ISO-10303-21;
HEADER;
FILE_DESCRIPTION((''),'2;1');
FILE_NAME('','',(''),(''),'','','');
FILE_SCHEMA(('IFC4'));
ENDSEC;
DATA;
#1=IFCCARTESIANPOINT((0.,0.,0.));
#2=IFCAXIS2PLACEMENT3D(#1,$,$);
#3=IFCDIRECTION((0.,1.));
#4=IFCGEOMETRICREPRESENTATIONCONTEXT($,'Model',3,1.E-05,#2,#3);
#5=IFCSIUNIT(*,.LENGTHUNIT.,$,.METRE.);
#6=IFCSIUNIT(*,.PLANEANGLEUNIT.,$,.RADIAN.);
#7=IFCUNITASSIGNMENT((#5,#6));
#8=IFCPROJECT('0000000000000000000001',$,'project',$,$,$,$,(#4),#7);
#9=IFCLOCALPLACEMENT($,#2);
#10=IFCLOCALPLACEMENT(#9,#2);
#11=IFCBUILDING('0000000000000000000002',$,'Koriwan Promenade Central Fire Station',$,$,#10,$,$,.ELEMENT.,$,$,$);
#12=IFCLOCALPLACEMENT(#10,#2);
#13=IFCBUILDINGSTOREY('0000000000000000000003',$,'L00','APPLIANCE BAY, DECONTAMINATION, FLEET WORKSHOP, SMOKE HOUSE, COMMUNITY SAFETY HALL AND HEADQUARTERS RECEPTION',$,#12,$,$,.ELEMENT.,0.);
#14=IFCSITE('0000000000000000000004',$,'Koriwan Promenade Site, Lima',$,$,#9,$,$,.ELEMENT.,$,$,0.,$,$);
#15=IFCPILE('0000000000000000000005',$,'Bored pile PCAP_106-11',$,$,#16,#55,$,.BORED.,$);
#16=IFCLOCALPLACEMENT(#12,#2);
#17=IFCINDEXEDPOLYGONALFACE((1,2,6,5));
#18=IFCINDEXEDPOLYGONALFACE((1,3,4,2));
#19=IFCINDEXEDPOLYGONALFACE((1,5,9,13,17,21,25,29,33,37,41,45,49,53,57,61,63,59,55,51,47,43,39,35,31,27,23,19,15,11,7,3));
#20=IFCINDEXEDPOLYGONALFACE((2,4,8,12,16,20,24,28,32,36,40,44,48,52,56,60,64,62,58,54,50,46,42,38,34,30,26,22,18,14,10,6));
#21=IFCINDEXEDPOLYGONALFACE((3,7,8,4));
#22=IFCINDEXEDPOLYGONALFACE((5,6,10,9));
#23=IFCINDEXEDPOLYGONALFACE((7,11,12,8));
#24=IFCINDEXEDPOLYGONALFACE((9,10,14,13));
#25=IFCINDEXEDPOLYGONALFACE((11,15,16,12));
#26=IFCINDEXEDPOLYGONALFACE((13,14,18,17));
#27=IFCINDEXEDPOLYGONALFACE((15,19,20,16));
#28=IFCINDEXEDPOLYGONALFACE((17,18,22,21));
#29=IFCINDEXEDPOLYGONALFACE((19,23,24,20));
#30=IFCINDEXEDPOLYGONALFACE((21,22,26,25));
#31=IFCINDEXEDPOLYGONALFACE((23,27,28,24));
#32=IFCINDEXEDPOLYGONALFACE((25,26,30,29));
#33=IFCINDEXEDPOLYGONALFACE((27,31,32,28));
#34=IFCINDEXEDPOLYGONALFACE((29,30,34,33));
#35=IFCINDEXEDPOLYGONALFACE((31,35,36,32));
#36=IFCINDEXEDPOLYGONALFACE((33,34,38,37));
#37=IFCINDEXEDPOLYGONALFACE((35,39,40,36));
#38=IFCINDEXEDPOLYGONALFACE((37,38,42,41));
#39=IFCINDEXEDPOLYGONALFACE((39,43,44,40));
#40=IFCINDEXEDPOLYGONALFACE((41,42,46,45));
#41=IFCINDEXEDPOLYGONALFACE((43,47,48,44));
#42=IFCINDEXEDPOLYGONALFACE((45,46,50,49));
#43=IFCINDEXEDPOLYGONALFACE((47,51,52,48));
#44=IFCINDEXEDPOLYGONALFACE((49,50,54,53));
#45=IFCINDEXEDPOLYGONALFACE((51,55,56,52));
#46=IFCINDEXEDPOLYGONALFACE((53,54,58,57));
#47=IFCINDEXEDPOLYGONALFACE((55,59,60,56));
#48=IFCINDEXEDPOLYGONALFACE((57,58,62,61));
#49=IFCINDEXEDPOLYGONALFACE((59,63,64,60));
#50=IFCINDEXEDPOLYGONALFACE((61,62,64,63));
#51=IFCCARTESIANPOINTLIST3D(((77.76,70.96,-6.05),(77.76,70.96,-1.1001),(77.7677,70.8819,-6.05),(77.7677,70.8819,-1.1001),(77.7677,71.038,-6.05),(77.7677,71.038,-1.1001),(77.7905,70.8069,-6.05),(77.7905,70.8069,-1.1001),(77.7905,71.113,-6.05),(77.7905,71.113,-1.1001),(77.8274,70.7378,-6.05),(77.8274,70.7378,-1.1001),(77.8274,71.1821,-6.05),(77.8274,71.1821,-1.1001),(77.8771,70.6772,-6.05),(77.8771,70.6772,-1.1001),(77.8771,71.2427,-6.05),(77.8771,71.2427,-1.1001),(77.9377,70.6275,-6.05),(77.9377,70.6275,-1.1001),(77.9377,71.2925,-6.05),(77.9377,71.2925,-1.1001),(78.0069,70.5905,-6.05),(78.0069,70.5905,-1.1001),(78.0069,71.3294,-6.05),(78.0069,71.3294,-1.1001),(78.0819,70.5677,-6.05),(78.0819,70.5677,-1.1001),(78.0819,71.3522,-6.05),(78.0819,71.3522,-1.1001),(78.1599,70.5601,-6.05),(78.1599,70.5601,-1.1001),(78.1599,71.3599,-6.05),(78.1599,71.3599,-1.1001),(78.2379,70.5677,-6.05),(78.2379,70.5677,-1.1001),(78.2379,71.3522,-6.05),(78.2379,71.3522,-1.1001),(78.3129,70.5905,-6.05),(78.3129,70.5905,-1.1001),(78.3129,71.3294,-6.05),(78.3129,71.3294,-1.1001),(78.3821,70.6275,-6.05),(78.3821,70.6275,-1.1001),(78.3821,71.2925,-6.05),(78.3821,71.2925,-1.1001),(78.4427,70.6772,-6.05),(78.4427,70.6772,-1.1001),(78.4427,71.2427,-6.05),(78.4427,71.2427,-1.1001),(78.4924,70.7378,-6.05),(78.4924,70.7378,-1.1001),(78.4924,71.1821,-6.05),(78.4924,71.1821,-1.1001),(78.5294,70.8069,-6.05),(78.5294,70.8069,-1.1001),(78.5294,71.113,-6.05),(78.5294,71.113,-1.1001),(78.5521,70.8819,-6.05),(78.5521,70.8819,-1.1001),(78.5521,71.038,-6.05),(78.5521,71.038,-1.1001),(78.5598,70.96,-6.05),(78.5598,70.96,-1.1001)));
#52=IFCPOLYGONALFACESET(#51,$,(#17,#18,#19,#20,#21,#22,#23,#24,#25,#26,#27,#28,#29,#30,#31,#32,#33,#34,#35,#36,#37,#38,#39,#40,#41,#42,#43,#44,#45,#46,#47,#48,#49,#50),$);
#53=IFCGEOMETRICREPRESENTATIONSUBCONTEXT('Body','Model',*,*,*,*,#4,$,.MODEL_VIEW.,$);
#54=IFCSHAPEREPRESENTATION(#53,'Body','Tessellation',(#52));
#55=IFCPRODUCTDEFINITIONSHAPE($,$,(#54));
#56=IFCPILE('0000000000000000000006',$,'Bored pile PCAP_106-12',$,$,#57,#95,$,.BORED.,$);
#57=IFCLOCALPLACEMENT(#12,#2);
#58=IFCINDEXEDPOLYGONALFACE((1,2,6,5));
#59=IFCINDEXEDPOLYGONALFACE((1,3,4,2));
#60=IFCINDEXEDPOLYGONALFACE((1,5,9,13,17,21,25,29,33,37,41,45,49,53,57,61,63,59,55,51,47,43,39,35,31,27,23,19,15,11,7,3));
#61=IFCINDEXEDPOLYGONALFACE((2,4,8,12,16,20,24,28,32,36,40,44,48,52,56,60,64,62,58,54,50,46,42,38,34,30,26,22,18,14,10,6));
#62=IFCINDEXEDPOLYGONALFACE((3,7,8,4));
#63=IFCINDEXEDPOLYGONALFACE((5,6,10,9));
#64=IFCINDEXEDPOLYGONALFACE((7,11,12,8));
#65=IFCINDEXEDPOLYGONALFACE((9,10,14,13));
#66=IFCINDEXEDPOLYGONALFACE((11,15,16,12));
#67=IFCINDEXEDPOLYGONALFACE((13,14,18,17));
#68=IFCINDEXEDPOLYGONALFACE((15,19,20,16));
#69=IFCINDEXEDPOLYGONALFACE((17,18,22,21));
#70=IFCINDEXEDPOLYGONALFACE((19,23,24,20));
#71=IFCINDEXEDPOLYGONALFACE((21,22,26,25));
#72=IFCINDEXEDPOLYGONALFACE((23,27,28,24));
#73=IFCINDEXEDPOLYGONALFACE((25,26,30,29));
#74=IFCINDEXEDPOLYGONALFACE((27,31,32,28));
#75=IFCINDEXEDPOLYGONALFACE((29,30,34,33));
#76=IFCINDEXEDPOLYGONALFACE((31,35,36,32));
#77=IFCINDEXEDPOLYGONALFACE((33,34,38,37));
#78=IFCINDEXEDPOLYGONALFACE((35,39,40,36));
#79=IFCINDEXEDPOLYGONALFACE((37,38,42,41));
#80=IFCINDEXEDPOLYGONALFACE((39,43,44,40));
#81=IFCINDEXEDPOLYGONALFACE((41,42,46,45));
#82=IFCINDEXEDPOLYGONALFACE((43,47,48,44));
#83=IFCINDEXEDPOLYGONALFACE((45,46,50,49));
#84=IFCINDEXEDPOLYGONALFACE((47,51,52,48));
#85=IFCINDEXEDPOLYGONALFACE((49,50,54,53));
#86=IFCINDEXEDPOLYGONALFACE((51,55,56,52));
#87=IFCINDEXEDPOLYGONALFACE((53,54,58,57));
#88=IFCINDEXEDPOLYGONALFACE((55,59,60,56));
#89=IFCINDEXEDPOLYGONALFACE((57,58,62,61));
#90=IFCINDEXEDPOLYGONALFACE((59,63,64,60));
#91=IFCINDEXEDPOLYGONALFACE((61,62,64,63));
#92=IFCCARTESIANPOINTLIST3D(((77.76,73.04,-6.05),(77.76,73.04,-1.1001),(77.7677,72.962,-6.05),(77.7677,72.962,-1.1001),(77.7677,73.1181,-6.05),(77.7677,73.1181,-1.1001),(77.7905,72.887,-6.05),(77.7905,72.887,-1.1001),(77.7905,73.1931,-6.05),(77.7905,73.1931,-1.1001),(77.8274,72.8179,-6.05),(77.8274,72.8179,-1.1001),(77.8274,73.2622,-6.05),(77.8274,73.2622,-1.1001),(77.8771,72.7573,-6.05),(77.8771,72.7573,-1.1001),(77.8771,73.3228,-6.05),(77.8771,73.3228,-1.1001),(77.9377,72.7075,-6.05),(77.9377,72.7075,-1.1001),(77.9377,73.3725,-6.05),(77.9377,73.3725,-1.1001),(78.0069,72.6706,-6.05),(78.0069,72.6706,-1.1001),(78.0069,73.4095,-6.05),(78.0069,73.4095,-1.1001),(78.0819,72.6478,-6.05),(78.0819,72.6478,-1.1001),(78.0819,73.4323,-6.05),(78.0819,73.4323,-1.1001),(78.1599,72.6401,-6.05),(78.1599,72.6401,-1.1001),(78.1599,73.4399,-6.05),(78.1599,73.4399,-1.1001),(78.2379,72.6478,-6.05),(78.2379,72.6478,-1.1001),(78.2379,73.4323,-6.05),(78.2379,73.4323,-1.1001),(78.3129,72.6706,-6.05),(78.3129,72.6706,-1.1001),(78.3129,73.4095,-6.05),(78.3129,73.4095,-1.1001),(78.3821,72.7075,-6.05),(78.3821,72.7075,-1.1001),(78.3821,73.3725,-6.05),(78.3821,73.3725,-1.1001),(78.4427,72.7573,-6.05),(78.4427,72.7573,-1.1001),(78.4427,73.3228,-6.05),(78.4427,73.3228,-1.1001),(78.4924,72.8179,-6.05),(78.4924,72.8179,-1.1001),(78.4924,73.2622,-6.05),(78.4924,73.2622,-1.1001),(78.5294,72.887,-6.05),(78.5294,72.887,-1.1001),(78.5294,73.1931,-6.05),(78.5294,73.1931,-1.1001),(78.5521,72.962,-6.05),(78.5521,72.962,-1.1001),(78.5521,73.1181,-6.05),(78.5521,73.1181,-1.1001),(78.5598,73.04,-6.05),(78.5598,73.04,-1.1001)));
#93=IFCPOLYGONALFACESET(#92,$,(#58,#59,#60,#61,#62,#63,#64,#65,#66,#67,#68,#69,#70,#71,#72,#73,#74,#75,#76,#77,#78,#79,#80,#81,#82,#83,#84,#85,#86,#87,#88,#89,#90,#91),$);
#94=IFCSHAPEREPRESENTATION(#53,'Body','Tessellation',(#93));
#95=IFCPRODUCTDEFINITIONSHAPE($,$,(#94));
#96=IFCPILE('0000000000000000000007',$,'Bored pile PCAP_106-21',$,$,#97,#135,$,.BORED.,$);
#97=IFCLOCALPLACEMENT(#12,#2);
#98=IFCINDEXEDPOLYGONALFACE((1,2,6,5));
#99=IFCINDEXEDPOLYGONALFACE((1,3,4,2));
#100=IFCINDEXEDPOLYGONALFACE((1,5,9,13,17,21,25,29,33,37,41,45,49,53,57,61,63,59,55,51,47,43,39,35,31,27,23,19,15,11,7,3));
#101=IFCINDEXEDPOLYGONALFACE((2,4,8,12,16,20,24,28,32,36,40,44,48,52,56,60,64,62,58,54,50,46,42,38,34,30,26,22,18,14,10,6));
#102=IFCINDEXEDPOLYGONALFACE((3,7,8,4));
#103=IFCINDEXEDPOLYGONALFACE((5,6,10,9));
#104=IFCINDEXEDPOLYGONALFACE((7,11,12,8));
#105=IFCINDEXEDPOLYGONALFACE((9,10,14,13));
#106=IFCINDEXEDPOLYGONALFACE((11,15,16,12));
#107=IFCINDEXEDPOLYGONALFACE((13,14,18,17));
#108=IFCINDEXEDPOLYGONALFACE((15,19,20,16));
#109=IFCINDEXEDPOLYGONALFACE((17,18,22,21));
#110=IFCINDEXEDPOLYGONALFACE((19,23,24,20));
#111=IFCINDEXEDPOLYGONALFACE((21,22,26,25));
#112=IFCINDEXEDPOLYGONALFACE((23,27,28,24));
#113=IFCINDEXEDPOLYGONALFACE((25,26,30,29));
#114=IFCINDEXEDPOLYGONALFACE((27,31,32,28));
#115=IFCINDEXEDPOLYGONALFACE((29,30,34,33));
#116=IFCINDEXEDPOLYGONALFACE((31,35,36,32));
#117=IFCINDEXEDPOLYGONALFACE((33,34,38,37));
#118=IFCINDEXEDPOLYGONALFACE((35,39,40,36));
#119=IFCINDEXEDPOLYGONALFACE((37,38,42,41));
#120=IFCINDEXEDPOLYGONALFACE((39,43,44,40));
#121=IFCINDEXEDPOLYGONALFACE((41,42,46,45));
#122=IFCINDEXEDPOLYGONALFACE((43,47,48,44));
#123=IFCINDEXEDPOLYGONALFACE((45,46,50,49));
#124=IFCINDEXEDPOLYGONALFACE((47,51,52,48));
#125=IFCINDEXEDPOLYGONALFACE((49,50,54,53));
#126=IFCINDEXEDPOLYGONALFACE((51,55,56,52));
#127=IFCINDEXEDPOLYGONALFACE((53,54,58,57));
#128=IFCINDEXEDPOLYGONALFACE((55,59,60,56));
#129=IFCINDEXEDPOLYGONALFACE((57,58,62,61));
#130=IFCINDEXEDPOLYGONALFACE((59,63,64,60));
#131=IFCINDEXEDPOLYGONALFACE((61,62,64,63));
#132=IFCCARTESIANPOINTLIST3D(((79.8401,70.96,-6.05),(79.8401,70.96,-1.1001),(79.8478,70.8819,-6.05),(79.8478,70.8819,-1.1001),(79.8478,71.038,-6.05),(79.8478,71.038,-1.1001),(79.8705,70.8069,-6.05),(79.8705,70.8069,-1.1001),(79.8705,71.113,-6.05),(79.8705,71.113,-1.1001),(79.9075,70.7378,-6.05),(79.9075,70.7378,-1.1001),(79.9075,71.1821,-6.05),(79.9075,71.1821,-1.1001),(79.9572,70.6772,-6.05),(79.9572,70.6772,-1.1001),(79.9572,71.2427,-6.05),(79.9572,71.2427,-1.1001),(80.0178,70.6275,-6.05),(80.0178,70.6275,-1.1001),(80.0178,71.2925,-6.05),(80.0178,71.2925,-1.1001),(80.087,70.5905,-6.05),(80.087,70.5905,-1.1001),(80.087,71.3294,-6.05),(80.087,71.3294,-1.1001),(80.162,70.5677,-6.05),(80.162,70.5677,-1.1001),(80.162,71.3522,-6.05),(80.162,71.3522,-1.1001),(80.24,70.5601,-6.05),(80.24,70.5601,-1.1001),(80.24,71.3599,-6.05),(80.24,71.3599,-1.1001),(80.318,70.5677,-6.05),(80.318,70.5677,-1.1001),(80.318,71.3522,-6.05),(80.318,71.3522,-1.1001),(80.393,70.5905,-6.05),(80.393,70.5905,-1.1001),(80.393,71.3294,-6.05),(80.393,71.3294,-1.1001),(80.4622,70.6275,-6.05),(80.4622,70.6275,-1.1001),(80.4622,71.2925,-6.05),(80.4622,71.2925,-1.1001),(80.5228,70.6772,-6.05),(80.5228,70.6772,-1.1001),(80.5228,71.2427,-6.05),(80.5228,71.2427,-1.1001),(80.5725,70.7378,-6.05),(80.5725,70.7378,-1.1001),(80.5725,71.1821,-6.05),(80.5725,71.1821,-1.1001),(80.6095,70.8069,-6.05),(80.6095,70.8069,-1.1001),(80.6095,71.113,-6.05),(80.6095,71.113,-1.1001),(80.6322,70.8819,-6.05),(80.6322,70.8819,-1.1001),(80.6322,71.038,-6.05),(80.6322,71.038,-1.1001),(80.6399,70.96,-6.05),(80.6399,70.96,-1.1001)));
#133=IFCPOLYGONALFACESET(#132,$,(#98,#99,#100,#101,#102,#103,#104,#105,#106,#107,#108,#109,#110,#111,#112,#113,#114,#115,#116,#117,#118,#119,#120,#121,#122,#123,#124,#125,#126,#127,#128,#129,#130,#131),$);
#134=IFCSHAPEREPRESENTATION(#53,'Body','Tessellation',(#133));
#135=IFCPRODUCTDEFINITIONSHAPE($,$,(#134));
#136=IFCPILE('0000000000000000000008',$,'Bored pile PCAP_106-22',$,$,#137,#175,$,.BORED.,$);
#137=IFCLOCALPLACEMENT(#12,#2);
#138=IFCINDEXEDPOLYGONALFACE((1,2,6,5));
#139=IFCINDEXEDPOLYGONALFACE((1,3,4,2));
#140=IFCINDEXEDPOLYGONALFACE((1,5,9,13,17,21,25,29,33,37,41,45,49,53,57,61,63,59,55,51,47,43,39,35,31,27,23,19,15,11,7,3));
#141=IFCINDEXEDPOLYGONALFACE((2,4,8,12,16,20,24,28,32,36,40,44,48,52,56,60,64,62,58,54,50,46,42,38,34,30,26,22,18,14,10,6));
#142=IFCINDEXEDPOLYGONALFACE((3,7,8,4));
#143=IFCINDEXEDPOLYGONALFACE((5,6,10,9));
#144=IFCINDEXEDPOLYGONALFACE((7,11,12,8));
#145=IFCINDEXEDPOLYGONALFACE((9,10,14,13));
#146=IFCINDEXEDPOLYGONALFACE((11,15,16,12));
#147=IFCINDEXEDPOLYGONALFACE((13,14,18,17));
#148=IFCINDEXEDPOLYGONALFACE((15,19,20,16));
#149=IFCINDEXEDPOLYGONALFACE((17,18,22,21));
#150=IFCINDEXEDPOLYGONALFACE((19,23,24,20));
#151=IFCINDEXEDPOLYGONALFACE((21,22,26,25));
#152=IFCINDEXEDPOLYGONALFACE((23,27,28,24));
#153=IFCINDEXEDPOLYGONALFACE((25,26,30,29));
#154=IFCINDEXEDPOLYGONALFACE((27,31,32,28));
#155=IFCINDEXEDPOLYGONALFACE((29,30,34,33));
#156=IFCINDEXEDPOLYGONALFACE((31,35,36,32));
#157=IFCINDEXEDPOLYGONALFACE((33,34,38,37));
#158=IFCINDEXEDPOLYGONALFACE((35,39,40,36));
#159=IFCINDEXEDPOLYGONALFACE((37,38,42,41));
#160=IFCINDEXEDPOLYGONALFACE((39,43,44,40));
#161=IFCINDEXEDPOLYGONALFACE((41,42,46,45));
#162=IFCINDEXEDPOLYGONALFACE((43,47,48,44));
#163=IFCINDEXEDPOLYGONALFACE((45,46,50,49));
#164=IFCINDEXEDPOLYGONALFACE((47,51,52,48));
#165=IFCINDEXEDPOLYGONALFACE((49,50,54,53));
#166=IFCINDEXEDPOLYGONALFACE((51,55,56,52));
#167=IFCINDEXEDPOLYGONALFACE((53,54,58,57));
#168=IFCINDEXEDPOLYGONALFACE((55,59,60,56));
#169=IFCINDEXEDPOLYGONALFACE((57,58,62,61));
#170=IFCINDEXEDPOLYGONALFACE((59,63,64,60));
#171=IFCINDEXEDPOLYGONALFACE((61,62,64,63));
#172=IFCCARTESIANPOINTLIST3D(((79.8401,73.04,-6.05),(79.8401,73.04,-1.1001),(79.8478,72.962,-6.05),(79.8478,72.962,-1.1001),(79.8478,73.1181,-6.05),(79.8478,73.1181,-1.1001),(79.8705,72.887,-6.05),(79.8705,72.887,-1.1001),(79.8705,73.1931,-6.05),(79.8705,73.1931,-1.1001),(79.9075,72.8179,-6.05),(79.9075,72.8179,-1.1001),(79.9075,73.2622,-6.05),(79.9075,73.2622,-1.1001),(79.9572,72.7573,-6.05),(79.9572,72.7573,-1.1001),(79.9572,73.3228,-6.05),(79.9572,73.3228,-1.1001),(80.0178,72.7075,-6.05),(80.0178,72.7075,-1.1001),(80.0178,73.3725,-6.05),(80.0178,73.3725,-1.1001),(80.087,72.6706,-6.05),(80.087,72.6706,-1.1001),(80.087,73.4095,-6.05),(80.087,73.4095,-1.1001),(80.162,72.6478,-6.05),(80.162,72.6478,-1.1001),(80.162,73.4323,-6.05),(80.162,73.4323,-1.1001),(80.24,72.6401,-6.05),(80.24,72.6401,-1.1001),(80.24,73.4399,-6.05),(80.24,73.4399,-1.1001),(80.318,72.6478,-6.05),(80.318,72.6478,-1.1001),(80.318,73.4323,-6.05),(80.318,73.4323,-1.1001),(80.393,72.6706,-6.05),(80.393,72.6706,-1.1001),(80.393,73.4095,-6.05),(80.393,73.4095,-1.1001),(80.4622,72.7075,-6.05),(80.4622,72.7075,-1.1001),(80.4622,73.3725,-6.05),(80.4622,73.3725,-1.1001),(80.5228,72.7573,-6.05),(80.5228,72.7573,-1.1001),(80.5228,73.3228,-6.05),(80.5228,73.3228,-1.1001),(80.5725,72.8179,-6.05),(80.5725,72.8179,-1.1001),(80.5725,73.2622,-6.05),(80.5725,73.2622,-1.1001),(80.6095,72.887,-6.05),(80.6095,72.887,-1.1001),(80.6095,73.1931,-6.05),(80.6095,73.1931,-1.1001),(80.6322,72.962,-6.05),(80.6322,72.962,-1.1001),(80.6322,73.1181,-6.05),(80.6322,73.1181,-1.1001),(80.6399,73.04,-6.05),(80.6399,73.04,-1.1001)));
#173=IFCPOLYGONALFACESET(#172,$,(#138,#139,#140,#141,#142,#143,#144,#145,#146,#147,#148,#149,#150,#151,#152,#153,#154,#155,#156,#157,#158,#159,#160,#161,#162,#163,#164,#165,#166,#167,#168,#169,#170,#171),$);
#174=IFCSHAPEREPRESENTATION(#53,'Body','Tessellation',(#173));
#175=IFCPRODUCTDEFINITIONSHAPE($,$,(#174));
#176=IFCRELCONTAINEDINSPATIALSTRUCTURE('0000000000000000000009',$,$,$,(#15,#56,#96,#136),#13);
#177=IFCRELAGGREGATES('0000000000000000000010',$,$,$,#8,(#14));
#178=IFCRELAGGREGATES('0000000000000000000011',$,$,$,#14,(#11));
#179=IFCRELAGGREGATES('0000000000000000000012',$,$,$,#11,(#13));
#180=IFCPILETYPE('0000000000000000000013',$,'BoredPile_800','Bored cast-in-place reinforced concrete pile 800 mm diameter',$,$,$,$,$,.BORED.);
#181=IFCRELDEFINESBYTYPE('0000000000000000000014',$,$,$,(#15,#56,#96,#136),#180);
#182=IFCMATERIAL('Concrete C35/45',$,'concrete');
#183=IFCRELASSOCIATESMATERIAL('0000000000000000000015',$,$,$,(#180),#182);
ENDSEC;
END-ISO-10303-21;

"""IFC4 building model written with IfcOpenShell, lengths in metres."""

from ifc_helpers import new_model, si_unit, direction, frame, origin, origin_2d, place, context, subcontext, project, spatial, circle, extrude, material, material_profile, profile_set, type_object, element, save


model = new_model("IFC4")

# Units and contexts
model_context = context("Model", 3, precision=1e-05, world=origin(), true_north=direction((0.0, 1.0)))
body_context = subcontext(model_context, "Body", "Model", "MODEL_VIEW")
ifc_project = project(units=[si_unit("LENGTHUNIT", "METRE"), si_unit("PLANEANGLEUNIT", "RADIAN")], contexts=[model_context])

# Site, building, storey
site_placement = place(None, origin())
site = spatial("IfcSite", under=ifc_project, at=site_placement, Name="Koriwan Promenade Site, Lima", CompositionType="ELEMENT", RefElevation=0.0)
building_placement = place(site_placement, origin())
building = spatial("IfcBuilding", under=site, at=building_placement, Name="Koriwan Promenade Central Fire Station", CompositionType="ELEMENT")
storey_placement = place(building_placement, origin())
storey = spatial("IfcBuildingStorey", under=building, at=storey_placement, Name="L00", Description="APPLIANCE BAY, DECONTAMINATION, FLEET WORKSHOP, SMOKE HOUSE, COMMUNITY SAFETY HALL AND HEADQUARTERS RECEPTION", CompositionType="ELEMENT", Elevation=0.0)

# Piles
ifc_material_1 = material(Name="Concrete C35/45", Category="concrete")
ifc_material_profile_1 = material_profile(ifc_material_1, circle(Radius=0.3999, at=origin_2d()), Name="PILE-D800")
ifc_profile_set_1 = profile_set([ifc_material_profile_1], Name="Concrete C35/45")
pile_type = type_object("IfcPileType", Name="BoredPile_800", Description="Bored cast-in-place reinforced concrete pile 800 mm diameter", PredefinedType="BORED", material=ifc_profile_set_1)
for number, where, z_axis, x_axis, name in (
    (1, (78.1599, 70.96, -1.1001), (0.0, 0.0, -1.0), (1.0, 0.0, 0.0), "Bored pile PCAP_106-11"),
    (2, (78.1599, 73.04, -1.1001), (0.0, 0.0, -1.0), (1.0, 0.0, 0.0), "Bored pile PCAP_106-12"),
    (3, (80.24, 70.96, -1.1001), (0.0, 0.0, -1.0), (1.0, 0.0, 0.0), "Bored pile PCAP_106-21"),
    (4, (80.24, 73.04, -1.1001), (0.0, 0.0, -1.0), (1.0, 0.0, 0.0), "Bored pile PCAP_106-22"),
):
    element("IfcPile", number, at=place(storey_placement, frame(where, z_axis=z_axis, x_axis=x_axis)), inside=storey, type_object=pile_type, Name=name, PredefinedType="BORED", context=body_context, shape_type="SweptSolid", body=[
        extrude(circle(Radius=0.3999, at=origin_2d()), origin(), (0.0, 0.0, 1.0), 4.95),
    ])

save(model, "model.ifc")
